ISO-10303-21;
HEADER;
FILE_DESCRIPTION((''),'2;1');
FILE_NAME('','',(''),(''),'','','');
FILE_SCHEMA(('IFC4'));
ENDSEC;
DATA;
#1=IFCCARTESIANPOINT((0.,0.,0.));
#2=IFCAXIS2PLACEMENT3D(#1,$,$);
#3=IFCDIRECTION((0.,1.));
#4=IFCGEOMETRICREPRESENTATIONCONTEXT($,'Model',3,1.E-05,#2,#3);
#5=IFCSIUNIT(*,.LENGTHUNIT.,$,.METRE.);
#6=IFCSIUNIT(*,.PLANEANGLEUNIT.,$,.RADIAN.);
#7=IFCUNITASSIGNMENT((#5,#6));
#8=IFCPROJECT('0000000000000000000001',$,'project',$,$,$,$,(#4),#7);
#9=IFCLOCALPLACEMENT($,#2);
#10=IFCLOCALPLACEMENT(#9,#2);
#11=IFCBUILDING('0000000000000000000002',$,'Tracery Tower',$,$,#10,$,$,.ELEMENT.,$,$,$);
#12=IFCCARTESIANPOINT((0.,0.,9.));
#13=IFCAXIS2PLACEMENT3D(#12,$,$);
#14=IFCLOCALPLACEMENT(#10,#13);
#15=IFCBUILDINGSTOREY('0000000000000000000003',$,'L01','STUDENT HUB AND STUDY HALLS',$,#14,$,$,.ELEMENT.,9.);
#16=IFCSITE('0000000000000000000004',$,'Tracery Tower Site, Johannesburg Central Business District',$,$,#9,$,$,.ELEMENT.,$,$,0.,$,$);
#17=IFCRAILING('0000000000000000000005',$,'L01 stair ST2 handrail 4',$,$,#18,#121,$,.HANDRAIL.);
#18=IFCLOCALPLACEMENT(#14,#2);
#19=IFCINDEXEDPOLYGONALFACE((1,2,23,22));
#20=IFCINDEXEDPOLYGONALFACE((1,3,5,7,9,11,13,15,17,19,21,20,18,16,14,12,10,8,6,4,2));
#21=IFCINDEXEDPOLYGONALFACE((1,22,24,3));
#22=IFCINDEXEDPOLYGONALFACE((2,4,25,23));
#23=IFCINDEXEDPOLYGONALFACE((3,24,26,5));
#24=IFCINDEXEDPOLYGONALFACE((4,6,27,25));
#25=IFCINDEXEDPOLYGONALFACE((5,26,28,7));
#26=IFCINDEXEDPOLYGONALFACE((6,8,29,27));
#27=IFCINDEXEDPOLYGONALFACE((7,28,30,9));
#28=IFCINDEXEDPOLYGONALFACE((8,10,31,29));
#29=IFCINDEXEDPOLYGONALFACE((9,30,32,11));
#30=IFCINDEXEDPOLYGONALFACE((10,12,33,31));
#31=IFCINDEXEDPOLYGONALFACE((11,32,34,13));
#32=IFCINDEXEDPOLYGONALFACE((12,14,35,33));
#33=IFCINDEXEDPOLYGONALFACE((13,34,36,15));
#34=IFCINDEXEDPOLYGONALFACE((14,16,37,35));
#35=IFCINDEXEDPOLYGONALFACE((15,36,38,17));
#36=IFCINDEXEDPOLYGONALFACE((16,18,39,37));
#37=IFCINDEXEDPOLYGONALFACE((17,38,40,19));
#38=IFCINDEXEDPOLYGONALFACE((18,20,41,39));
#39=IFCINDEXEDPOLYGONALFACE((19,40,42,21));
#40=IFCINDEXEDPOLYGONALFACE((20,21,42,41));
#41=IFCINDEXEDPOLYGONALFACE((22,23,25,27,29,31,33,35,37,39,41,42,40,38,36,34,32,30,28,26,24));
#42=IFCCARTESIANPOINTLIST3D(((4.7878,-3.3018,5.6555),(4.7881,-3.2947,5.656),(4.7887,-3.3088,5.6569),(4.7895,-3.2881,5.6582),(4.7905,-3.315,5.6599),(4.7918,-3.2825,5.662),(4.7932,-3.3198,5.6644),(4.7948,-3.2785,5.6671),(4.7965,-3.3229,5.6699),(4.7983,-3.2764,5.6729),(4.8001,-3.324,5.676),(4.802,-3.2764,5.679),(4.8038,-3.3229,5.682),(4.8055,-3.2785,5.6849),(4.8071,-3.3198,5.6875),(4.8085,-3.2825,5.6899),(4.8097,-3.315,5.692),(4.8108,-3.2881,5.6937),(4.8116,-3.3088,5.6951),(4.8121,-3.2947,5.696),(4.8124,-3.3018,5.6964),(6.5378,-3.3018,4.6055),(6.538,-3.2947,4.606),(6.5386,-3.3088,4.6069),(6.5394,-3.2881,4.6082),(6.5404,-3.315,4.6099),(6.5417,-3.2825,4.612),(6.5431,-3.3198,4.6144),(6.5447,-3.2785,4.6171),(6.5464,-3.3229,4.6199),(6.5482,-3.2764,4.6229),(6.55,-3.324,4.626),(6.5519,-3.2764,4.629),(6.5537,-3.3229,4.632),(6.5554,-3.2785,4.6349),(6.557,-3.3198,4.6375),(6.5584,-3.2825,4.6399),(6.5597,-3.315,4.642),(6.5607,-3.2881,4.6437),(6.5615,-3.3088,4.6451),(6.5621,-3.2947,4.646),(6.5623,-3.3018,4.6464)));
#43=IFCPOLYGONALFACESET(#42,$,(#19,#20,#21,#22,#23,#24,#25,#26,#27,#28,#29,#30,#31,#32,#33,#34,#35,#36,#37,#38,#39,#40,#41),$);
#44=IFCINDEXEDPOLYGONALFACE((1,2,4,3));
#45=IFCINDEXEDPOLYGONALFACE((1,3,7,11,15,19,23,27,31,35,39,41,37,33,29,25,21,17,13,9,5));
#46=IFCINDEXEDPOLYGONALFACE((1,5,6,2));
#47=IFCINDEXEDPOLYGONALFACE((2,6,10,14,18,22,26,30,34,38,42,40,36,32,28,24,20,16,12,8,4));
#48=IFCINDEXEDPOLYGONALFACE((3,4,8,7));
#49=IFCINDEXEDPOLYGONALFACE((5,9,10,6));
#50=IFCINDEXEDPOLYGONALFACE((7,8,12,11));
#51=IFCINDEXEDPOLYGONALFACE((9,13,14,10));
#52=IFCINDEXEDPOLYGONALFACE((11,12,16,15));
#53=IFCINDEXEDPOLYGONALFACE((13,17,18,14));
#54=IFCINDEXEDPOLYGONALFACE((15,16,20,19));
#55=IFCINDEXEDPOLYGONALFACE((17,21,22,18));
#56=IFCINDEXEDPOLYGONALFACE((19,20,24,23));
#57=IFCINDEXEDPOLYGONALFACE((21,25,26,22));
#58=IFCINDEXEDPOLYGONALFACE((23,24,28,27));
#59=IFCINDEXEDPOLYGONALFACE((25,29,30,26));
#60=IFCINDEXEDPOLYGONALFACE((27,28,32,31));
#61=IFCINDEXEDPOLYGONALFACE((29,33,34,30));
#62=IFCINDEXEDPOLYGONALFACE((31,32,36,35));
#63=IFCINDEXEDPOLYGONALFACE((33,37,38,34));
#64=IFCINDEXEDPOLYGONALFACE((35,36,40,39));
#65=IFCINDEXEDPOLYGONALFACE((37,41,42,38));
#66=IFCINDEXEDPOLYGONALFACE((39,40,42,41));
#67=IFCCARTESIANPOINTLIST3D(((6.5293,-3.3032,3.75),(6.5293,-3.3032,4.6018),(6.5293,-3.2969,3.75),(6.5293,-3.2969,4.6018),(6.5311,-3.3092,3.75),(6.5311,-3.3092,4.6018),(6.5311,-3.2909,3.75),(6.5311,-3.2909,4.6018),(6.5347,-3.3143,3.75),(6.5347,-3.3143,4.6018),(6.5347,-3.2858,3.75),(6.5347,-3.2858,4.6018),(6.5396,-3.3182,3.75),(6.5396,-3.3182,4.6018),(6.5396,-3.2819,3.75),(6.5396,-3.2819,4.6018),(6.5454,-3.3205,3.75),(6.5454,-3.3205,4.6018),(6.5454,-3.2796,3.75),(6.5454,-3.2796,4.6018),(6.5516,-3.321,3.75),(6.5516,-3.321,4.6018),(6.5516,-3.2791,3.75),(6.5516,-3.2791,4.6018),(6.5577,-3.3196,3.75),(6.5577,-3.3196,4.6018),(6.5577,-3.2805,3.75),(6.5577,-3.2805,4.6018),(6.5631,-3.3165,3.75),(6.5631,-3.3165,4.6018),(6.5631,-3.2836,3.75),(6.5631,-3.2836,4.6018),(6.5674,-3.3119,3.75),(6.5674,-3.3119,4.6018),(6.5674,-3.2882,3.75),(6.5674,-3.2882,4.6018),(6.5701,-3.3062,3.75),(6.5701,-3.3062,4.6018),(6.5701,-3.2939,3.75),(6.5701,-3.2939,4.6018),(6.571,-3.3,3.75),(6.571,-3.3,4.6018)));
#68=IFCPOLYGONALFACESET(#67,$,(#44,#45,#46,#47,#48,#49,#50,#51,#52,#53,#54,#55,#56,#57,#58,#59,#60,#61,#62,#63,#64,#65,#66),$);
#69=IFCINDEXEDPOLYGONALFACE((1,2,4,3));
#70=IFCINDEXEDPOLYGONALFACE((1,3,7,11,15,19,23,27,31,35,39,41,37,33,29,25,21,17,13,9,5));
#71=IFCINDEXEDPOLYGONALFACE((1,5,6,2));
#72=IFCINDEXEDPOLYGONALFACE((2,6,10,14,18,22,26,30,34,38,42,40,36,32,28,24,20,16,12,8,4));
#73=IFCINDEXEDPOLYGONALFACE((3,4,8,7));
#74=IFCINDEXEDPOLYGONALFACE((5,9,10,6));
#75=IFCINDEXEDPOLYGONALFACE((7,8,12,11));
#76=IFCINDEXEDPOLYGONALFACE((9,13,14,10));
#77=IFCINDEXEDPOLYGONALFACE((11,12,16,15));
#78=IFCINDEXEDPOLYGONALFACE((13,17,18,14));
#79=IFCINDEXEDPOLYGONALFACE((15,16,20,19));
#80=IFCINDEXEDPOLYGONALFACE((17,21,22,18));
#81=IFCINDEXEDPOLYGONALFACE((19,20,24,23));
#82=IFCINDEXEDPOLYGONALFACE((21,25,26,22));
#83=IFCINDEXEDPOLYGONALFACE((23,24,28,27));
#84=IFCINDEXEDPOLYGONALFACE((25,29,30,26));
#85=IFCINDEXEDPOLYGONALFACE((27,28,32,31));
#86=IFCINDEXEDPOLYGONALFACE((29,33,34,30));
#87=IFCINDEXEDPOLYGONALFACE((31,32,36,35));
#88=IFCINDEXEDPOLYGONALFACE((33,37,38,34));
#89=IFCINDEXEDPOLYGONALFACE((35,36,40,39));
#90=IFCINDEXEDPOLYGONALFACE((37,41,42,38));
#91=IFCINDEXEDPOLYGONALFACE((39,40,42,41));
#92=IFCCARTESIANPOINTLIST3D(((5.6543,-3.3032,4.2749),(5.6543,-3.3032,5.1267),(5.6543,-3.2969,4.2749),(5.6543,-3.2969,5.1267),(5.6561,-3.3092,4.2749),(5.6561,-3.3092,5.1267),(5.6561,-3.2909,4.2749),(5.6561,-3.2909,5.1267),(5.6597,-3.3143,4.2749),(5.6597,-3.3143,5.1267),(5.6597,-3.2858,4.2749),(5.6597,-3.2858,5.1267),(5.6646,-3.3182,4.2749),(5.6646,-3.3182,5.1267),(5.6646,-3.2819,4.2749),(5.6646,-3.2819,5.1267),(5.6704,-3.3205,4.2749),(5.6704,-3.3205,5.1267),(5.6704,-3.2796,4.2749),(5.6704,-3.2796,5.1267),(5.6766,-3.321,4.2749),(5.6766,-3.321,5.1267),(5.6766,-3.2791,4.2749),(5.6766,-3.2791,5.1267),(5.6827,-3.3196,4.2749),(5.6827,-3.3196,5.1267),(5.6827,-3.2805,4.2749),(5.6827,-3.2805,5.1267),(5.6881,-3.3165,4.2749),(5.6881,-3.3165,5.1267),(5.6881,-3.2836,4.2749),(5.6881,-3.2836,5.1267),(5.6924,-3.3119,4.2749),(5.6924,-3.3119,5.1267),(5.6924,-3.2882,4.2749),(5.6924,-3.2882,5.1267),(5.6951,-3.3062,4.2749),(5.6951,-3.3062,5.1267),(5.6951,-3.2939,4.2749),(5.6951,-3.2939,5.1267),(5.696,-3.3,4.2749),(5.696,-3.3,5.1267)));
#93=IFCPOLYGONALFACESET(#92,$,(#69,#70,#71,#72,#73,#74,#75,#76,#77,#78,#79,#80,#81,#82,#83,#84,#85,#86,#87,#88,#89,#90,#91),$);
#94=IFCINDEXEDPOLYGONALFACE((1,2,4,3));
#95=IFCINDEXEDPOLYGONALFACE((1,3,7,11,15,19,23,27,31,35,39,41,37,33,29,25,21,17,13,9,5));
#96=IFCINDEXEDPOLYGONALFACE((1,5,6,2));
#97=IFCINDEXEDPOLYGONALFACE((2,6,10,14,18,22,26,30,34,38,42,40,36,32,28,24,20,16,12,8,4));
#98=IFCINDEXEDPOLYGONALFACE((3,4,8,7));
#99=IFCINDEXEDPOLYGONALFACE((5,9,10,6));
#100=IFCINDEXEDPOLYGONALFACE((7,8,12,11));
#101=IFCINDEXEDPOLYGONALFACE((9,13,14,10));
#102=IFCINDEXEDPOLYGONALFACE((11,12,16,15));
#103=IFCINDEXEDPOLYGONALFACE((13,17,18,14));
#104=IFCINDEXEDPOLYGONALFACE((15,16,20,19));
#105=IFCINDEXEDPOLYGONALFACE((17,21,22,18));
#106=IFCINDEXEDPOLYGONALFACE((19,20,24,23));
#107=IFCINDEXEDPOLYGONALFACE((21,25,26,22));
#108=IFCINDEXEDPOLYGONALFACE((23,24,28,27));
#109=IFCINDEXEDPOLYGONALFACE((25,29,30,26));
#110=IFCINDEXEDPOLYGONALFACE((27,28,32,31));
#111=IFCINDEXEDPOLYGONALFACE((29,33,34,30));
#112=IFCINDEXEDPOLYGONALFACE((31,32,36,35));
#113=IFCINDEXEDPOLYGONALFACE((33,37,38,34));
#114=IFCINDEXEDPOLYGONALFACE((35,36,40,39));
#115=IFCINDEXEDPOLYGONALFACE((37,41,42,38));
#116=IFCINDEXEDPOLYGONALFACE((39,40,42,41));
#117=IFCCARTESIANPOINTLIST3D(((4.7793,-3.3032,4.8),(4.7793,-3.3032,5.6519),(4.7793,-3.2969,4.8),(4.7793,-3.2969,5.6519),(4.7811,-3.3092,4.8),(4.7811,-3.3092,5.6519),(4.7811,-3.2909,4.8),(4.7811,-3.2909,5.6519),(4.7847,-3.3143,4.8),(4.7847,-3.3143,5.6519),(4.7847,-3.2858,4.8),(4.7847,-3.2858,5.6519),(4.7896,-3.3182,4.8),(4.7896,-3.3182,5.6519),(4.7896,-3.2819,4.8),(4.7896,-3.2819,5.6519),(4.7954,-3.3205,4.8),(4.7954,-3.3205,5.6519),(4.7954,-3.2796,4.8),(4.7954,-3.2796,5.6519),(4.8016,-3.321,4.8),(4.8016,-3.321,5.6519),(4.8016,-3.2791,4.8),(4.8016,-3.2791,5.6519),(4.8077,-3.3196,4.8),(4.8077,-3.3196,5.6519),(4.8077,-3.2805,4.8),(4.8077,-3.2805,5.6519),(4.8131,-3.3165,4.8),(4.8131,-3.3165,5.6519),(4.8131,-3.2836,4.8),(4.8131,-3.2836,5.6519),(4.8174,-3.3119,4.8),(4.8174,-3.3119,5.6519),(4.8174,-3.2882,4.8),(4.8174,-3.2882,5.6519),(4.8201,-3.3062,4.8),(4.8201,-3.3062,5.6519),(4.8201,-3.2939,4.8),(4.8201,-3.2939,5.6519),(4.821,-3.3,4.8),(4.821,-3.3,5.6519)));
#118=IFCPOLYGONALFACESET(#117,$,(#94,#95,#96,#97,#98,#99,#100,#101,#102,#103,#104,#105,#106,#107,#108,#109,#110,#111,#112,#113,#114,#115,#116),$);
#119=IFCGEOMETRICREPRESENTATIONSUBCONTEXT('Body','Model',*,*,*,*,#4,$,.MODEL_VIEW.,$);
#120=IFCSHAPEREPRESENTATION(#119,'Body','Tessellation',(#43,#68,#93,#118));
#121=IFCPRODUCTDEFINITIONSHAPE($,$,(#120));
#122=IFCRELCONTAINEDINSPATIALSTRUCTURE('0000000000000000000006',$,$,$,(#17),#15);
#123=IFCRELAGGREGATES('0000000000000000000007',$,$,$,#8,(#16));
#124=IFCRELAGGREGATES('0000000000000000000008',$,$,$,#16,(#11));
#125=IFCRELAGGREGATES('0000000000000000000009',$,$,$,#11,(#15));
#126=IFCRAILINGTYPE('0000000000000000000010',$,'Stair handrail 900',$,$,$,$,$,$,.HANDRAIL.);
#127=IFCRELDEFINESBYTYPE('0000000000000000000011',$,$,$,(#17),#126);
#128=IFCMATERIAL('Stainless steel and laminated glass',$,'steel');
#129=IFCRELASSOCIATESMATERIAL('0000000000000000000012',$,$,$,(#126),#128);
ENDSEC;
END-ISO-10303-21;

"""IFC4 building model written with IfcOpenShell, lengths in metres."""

from ifc_helpers import new_model, si_unit, direction, frame, origin, origin_2d, place, context, subcontext, project, spatial, circle, extrude, material, type_object, element, save


model = new_model("IFC4")

# Units and contexts
model_context = context("Model", 3, precision=1e-05, world=origin(), true_north=direction((0.0, 1.0)))
body_context = subcontext(model_context, "Body", "Model", "MODEL_VIEW")
ifc_project = project(units=[si_unit("LENGTHUNIT", "METRE"), si_unit("PLANEANGLEUNIT", "RADIAN")], contexts=[model_context])

# Site, building, storey
site_placement = place(None, origin())
site = spatial("IfcSite", under=ifc_project, at=site_placement, Name="Tracery Tower Site, Johannesburg Central Business District", CompositionType="ELEMENT", RefElevation=0.0)
building_placement = place(site_placement, origin())
building = spatial("IfcBuilding", under=site, at=building_placement, Name="Tracery Tower", CompositionType="ELEMENT")
storey_placement = place(building_placement, frame((0.0, 0.0, 9.0)))
storey = spatial("IfcBuildingStorey", under=building, at=storey_placement, Name="L01", Description="STUDENT HUB AND STUDY HALLS", CompositionType="ELEMENT", Elevation=9.0)

# Railing
ifc_material_1 = material(Name="Stainless steel and laminated glass", Category="steel")
railing_type_1 = type_object("IfcRailingType", Name="Stair handrail 900", PredefinedType="HANDRAIL", material=ifc_material_1)
railing_1_placement = place(storey_placement, frame((6.55, -3.3, 3.75)))
element("IfcRailing", 1, at=railing_1_placement, inside=storey, type_object=railing_type_1, Name="L01 stair ST2 handrail 4", PredefinedType="HANDRAIL", context=body_context, shape_type="SweptSolid", body=[
    extrude(circle(Radius=0.0239, at=origin_2d()), frame((0.0, 0.0, 0.876), z_axis=(-0.857482, 0.0, 0.514513), x_axis=(0.0, -1.0, 0.0)), (0.0, 0.0, 1.0), 2.0408),
    extrude(circle(Radius=0.021, at=origin_2d()), origin(), (0.0, 0.0, 1.0), 0.8518),
    extrude(circle(Radius=0.021, at=origin_2d()), frame((-0.875, 0.0, 0.5249)), (0.0, 0.0, 1.0), 0.8518),
    extrude(circle(Radius=0.021, at=origin_2d()), frame((-1.75, 0.0, 1.05)), (0.0, 0.0, 1.0), 0.8518),
])

save(model, "model.ifc")
